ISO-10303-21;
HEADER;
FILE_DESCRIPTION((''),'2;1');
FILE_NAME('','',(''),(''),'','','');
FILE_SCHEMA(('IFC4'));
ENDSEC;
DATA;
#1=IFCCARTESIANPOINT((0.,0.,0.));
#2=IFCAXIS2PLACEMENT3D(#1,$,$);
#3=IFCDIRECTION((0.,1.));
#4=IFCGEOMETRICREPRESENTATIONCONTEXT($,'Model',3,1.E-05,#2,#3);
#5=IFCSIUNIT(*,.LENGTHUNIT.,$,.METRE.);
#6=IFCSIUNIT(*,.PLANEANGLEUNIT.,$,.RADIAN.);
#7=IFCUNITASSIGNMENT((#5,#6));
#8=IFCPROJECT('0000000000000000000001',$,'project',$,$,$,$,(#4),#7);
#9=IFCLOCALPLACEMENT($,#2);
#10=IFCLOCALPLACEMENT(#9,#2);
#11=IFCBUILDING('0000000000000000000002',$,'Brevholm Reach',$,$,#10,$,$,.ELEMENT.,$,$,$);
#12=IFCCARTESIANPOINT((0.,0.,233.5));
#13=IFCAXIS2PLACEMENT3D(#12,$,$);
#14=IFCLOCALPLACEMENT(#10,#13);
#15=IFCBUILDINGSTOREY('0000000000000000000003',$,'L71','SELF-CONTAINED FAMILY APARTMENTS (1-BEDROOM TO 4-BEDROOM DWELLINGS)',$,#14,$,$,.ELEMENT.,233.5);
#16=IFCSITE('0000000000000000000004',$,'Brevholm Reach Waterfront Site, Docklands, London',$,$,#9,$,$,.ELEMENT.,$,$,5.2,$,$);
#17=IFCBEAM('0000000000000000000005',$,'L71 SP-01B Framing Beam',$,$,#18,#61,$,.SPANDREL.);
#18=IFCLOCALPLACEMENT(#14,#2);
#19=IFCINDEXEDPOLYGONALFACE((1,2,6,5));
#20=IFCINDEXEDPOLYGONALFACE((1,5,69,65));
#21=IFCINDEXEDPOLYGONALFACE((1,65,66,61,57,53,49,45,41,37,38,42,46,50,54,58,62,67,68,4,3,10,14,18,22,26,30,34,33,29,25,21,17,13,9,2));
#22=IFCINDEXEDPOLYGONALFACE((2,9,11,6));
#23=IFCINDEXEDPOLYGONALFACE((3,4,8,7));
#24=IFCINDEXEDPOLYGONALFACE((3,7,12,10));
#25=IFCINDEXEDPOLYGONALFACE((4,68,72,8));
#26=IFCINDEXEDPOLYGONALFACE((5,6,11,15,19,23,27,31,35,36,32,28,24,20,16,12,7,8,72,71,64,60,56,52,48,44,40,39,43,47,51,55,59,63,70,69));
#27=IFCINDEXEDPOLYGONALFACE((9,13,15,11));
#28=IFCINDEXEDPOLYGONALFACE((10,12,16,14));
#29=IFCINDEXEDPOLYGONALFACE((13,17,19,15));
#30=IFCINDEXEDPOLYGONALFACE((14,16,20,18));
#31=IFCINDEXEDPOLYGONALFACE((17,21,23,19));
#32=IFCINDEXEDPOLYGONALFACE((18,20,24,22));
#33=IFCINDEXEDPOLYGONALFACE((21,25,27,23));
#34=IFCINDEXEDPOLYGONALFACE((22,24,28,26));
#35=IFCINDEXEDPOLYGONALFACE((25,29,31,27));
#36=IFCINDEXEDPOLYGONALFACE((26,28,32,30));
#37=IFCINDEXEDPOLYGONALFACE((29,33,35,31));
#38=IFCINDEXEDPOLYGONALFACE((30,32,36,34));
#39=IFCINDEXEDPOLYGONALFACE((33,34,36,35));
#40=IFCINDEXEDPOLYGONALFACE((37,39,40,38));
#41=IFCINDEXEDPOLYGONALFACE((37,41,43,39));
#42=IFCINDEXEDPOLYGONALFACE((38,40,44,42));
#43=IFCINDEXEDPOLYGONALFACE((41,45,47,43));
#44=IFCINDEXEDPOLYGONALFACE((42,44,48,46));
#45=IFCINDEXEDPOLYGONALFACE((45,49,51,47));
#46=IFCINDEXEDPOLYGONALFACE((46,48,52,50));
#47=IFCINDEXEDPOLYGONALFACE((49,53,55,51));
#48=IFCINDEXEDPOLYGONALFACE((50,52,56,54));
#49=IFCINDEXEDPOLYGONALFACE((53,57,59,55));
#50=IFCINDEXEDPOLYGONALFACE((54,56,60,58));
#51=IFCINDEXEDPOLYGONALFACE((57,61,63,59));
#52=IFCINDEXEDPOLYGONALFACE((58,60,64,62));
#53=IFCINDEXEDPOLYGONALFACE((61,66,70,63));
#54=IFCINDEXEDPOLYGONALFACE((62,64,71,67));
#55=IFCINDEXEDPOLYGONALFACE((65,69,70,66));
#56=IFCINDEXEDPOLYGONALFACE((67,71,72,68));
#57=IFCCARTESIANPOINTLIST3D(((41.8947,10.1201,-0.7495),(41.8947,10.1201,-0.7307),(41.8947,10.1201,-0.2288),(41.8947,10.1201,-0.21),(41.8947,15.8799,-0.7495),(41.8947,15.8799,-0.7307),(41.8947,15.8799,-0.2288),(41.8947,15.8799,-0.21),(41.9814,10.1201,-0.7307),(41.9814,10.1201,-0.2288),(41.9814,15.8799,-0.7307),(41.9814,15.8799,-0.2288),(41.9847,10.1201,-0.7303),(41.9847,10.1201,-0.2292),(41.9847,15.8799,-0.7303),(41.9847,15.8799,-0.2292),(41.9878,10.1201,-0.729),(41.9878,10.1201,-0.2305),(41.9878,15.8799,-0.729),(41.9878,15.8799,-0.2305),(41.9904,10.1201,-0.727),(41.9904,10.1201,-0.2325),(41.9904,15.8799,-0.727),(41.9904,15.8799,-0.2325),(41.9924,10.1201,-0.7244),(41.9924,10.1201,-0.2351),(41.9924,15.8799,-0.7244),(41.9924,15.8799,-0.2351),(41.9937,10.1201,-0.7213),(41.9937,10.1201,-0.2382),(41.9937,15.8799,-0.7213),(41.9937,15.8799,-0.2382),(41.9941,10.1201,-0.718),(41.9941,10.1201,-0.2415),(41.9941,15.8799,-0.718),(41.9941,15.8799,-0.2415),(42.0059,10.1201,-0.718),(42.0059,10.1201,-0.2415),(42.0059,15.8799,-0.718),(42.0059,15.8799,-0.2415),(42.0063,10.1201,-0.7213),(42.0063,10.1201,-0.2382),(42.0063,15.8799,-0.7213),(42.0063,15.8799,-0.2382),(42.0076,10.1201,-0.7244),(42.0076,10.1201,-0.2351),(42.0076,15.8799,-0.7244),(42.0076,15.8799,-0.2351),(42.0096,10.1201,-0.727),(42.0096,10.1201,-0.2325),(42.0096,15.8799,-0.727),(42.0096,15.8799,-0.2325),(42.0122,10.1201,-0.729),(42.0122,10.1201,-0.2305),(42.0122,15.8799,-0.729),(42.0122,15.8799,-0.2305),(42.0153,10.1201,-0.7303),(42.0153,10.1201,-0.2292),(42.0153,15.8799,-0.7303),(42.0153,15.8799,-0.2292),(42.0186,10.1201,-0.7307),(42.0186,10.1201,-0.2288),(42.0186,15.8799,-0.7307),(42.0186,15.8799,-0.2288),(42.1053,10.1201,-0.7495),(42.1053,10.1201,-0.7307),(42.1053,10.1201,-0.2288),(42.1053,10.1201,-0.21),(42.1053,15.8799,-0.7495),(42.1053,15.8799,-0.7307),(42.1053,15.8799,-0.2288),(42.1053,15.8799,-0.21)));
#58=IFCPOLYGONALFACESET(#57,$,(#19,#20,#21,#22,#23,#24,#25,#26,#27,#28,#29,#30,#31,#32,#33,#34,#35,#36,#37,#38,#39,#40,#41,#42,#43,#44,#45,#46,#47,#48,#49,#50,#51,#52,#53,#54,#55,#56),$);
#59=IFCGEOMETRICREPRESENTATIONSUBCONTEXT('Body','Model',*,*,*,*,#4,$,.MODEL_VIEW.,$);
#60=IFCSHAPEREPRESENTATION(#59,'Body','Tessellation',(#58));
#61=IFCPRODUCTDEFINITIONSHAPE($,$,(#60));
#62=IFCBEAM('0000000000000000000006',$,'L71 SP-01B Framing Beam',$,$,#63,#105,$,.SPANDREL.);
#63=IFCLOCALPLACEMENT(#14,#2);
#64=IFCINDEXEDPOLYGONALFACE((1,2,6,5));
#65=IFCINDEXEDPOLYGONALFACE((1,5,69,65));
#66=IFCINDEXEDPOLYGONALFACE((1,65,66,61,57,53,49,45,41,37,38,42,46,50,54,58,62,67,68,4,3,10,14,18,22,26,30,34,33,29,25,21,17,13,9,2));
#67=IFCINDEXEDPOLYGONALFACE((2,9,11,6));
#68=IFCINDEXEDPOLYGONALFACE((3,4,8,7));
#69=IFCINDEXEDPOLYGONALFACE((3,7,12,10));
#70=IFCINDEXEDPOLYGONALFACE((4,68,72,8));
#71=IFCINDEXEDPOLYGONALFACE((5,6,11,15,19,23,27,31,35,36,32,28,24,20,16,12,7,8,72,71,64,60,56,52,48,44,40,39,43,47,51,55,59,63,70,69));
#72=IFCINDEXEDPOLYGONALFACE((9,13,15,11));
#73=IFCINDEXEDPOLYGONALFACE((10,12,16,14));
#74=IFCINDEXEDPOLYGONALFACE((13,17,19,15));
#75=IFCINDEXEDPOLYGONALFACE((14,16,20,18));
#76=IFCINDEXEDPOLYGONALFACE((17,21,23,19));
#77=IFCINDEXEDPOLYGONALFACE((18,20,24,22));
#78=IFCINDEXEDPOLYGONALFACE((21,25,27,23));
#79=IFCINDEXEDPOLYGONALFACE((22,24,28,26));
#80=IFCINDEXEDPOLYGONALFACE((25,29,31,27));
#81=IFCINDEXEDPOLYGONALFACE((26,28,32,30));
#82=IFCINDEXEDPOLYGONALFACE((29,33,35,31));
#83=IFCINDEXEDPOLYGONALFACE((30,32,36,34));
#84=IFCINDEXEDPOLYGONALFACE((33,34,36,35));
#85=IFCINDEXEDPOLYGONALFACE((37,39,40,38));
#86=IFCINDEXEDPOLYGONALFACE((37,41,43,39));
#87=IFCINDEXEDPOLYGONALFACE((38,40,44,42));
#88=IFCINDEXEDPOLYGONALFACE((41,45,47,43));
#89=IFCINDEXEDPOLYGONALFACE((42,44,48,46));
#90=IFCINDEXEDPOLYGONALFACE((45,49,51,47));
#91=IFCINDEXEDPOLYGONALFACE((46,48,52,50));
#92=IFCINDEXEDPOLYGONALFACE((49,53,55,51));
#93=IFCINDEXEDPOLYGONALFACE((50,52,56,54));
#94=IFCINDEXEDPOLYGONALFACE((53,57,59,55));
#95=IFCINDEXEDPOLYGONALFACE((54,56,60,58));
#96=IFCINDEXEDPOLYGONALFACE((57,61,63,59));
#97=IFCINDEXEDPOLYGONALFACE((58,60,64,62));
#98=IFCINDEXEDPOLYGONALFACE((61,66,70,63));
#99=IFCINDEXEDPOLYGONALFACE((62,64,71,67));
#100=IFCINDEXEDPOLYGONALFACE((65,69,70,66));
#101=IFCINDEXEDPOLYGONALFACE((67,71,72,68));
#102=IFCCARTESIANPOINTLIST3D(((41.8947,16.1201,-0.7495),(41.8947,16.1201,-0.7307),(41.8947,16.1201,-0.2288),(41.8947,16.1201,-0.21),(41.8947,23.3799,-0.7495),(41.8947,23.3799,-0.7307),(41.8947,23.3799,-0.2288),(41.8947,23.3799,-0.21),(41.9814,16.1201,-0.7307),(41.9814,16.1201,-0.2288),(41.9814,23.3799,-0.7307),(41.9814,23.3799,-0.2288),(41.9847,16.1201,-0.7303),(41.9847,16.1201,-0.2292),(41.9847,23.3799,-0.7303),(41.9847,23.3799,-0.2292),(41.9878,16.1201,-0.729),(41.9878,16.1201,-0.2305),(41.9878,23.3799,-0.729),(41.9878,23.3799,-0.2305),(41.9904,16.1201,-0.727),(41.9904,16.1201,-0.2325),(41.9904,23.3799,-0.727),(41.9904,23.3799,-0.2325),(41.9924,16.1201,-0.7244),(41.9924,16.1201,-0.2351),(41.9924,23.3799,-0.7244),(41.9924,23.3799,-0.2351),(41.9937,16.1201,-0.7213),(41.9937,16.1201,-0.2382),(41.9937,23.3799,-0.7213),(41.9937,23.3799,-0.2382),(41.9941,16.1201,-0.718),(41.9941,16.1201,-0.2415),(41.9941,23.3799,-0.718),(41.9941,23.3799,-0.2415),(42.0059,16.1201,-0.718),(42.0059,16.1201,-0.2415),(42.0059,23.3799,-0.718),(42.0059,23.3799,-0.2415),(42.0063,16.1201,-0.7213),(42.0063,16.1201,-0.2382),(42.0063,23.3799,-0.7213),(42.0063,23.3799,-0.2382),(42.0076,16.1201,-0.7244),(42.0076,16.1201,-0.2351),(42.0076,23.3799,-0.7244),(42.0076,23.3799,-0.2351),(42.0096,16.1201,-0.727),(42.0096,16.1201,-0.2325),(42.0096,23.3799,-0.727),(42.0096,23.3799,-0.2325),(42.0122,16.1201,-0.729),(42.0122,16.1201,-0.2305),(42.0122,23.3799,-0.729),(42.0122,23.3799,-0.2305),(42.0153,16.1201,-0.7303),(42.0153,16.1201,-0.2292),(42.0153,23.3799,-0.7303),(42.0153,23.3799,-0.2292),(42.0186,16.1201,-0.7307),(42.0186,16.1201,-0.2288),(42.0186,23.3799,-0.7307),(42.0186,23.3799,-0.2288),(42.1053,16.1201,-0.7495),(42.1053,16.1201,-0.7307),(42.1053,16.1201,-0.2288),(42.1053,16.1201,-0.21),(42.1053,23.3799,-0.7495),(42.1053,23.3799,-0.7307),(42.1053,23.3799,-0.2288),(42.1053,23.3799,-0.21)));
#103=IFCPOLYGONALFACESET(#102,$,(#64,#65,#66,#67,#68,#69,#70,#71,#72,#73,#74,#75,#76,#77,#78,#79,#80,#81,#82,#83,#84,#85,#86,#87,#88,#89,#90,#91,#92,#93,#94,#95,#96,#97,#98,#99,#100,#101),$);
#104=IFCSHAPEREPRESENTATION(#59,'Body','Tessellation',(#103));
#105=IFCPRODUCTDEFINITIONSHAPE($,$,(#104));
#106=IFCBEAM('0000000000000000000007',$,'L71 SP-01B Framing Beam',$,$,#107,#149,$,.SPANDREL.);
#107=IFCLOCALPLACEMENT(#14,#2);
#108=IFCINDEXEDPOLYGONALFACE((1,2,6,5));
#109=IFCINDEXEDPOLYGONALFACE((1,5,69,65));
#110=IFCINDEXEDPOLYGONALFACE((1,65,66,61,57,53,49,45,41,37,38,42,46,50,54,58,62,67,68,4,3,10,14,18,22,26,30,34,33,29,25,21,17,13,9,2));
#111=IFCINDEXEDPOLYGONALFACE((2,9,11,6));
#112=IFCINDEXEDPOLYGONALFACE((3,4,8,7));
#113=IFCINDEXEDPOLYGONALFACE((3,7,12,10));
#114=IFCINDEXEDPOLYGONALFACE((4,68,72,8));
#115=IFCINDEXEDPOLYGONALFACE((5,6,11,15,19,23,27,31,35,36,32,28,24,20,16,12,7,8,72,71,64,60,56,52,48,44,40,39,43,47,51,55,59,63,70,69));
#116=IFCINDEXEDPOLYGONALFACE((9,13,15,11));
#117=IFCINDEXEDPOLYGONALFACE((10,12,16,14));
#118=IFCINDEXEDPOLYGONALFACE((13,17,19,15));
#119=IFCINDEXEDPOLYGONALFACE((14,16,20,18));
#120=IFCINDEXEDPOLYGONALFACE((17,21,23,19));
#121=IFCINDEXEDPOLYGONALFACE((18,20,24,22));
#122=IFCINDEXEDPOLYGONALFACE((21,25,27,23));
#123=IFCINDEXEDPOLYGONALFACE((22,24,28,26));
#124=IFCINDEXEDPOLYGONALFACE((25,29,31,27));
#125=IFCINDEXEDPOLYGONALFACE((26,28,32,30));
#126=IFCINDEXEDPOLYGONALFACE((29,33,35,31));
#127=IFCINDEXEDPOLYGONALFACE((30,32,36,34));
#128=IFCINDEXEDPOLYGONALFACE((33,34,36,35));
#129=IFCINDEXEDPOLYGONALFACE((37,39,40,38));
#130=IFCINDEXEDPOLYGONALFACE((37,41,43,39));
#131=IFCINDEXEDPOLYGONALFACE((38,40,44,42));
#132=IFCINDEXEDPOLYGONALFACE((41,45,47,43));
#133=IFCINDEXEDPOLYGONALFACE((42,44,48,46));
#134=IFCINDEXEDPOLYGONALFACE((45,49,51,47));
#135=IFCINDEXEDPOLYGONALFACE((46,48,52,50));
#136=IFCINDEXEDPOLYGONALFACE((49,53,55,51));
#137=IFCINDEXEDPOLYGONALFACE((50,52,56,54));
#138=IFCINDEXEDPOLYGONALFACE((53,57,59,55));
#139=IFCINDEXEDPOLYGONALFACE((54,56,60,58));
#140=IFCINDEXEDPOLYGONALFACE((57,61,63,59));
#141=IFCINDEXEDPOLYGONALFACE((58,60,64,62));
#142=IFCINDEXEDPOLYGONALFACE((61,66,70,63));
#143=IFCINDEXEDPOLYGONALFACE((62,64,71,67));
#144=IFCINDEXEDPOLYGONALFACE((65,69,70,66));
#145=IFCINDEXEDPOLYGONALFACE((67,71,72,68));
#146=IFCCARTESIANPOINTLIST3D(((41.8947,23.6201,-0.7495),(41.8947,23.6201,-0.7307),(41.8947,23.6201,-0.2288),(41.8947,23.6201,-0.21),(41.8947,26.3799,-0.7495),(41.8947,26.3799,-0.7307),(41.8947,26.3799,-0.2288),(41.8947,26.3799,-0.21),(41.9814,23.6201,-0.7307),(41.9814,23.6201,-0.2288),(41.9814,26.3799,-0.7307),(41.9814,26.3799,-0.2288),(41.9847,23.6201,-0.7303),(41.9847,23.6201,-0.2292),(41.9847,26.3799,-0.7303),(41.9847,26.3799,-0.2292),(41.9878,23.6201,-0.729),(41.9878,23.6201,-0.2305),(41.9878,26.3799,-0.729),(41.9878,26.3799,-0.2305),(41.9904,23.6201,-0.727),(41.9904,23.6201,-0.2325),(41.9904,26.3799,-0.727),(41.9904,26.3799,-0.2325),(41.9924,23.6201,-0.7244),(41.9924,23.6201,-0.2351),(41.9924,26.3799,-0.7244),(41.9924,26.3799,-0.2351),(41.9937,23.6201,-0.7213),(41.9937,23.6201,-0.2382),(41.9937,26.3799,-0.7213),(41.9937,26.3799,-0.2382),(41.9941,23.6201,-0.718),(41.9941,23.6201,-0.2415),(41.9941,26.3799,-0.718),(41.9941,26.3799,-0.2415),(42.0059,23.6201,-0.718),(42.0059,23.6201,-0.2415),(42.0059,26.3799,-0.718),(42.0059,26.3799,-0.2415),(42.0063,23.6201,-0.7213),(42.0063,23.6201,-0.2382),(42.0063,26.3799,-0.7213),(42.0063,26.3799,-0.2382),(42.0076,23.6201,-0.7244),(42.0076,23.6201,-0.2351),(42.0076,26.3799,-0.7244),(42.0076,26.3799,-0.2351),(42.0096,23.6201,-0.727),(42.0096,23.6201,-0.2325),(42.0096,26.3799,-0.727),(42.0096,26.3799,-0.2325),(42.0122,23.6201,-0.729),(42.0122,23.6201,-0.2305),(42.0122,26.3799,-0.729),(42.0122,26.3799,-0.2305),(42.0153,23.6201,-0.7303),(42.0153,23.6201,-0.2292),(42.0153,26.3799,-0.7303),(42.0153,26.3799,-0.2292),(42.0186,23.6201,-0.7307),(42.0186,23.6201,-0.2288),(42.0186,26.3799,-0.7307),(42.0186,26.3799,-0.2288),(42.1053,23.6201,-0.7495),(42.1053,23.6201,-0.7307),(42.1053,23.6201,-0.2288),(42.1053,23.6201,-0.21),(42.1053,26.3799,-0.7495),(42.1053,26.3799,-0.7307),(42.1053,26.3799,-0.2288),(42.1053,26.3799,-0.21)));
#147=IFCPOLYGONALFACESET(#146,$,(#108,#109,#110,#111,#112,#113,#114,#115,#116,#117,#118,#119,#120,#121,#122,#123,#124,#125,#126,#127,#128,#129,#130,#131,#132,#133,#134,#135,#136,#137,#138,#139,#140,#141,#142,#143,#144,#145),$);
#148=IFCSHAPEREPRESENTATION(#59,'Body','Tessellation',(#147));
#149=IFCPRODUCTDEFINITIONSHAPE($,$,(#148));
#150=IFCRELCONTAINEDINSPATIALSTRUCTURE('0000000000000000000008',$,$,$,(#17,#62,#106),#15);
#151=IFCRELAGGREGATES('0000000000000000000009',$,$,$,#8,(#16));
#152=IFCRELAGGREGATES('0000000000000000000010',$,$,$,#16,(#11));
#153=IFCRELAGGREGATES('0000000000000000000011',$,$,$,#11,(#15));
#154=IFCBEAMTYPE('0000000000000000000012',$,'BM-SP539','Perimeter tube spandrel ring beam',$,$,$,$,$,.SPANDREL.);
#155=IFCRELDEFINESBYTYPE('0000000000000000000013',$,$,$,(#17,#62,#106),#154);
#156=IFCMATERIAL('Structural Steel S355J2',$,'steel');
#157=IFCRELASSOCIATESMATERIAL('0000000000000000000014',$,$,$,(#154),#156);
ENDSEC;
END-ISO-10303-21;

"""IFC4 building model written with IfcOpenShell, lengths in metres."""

from ifc_helpers import new_model, si_unit, direction, frame, origin, origin_2d, place, context, subcontext, project, spatial, i_section, extrude, material, material_profile, profile_set, type_object, element, save


model = new_model("IFC4")

# Units and contexts
model_context = context("Model", 3, precision=1e-05, world=origin(), true_north=direction((0.0, 1.0)))
body_context = subcontext(model_context, "Body", "Model", "MODEL_VIEW")
ifc_project = project(units=[si_unit("LENGTHUNIT", "METRE"), si_unit("PLANEANGLEUNIT", "RADIAN")], contexts=[model_context])

# Site, building, storey
site_placement = place(None, origin())
site = spatial("IfcSite", under=ifc_project, at=site_placement, Name="Brevholm Reach Waterfront Site, Docklands, London", CompositionType="ELEMENT", RefElevation=5.2)
building_placement = place(site_placement, origin())
building = spatial("IfcBuilding", under=site, at=building_placement, Name="Brevholm Reach", CompositionType="ELEMENT")
storey_placement = place(building_placement, frame((0.0, 0.0, 233.5)))
storey = spatial("IfcBuildingStorey", under=building, at=storey_placement, Name="L71", Description="SELF-CONTAINED FAMILY APARTMENTS (1-BEDROOM TO 4-BEDROOM DWELLINGS)", CompositionType="ELEMENT", Elevation=233.5)

# Beams
ifc_material_1 = material(Name="Structural Steel S355J2", Category="steel")
ifc_material_profile_1 = material_profile(ifc_material_1, i_section(OverallWidth=0.2107, OverallDepth=0.5396, WebThickness=0.0117, FlangeThickness=0.0188, FilletRadius=0.0127, at=origin_2d()), Name="UKB 533x210x109")
ifc_profile_set_1 = profile_set([ifc_material_profile_1], Name="Structural Steel S355J2")
beam_type_1 = type_object("IfcBeamType", Name="BM-SP539", Description="Perimeter tube spandrel ring beam", PredefinedType="SPANDREL", material=ifc_profile_set_1)
beam_1_placement = place(storey_placement, frame((42.0, 10.1201, -0.4797), z_axis=(0.0, 1.0, 0.0), x_axis=(-1.0, 0.0, 0.0)))
element("IfcBeam", 1, at=beam_1_placement, inside=storey, type_object=beam_type_1, Name="L71 SP-01B Framing Beam", PredefinedType="SPANDREL", context=body_context, shape_type="SweptSolid", body=[
    extrude(i_section(OverallWidth=0.2107, OverallDepth=0.5396, WebThickness=0.0117, FlangeThickness=0.0188, FilletRadius=0.0127, at=origin_2d()), origin(), (0.0, 0.0, 1.0), 5.7598),
])
beam_2_placement = place(storey_placement, frame((42.0, 16.1201, -0.4797), z_axis=(0.0, 1.0, 0.0), x_axis=(-1.0, 0.0, 0.0)))
element("IfcBeam", 2, at=beam_2_placement, inside=storey, type_object=beam_type_1, Name="L71 SP-01B Framing Beam", PredefinedType="SPANDREL", context=body_context, shape_type="SweptSolid", body=[
    extrude(i_section(OverallWidth=0.2107, OverallDepth=0.5396, WebThickness=0.0117, FlangeThickness=0.0188, FilletRadius=0.0127, at=origin_2d()), origin(), (0.0, 0.0, 1.0), 7.2598),
])
beam_3_placement = place(storey_placement, frame((42.0, 23.6201, -0.4797), z_axis=(0.0, 1.0, 0.0), x_axis=(-1.0, 0.0, 0.0)))
element("IfcBeam", 3, at=beam_3_placement, inside=storey, type_object=beam_type_1, Name="L71 SP-01B Framing Beam", PredefinedType="SPANDREL", context=body_context, shape_type="SweptSolid", body=[
    extrude(i_section(OverallWidth=0.2107, OverallDepth=0.5396, WebThickness=0.0117, FlangeThickness=0.0188, FilletRadius=0.0127, at=origin_2d()), origin(), (0.0, 0.0, 1.0), 2.7598),
])

save(model, "model.ifc")
